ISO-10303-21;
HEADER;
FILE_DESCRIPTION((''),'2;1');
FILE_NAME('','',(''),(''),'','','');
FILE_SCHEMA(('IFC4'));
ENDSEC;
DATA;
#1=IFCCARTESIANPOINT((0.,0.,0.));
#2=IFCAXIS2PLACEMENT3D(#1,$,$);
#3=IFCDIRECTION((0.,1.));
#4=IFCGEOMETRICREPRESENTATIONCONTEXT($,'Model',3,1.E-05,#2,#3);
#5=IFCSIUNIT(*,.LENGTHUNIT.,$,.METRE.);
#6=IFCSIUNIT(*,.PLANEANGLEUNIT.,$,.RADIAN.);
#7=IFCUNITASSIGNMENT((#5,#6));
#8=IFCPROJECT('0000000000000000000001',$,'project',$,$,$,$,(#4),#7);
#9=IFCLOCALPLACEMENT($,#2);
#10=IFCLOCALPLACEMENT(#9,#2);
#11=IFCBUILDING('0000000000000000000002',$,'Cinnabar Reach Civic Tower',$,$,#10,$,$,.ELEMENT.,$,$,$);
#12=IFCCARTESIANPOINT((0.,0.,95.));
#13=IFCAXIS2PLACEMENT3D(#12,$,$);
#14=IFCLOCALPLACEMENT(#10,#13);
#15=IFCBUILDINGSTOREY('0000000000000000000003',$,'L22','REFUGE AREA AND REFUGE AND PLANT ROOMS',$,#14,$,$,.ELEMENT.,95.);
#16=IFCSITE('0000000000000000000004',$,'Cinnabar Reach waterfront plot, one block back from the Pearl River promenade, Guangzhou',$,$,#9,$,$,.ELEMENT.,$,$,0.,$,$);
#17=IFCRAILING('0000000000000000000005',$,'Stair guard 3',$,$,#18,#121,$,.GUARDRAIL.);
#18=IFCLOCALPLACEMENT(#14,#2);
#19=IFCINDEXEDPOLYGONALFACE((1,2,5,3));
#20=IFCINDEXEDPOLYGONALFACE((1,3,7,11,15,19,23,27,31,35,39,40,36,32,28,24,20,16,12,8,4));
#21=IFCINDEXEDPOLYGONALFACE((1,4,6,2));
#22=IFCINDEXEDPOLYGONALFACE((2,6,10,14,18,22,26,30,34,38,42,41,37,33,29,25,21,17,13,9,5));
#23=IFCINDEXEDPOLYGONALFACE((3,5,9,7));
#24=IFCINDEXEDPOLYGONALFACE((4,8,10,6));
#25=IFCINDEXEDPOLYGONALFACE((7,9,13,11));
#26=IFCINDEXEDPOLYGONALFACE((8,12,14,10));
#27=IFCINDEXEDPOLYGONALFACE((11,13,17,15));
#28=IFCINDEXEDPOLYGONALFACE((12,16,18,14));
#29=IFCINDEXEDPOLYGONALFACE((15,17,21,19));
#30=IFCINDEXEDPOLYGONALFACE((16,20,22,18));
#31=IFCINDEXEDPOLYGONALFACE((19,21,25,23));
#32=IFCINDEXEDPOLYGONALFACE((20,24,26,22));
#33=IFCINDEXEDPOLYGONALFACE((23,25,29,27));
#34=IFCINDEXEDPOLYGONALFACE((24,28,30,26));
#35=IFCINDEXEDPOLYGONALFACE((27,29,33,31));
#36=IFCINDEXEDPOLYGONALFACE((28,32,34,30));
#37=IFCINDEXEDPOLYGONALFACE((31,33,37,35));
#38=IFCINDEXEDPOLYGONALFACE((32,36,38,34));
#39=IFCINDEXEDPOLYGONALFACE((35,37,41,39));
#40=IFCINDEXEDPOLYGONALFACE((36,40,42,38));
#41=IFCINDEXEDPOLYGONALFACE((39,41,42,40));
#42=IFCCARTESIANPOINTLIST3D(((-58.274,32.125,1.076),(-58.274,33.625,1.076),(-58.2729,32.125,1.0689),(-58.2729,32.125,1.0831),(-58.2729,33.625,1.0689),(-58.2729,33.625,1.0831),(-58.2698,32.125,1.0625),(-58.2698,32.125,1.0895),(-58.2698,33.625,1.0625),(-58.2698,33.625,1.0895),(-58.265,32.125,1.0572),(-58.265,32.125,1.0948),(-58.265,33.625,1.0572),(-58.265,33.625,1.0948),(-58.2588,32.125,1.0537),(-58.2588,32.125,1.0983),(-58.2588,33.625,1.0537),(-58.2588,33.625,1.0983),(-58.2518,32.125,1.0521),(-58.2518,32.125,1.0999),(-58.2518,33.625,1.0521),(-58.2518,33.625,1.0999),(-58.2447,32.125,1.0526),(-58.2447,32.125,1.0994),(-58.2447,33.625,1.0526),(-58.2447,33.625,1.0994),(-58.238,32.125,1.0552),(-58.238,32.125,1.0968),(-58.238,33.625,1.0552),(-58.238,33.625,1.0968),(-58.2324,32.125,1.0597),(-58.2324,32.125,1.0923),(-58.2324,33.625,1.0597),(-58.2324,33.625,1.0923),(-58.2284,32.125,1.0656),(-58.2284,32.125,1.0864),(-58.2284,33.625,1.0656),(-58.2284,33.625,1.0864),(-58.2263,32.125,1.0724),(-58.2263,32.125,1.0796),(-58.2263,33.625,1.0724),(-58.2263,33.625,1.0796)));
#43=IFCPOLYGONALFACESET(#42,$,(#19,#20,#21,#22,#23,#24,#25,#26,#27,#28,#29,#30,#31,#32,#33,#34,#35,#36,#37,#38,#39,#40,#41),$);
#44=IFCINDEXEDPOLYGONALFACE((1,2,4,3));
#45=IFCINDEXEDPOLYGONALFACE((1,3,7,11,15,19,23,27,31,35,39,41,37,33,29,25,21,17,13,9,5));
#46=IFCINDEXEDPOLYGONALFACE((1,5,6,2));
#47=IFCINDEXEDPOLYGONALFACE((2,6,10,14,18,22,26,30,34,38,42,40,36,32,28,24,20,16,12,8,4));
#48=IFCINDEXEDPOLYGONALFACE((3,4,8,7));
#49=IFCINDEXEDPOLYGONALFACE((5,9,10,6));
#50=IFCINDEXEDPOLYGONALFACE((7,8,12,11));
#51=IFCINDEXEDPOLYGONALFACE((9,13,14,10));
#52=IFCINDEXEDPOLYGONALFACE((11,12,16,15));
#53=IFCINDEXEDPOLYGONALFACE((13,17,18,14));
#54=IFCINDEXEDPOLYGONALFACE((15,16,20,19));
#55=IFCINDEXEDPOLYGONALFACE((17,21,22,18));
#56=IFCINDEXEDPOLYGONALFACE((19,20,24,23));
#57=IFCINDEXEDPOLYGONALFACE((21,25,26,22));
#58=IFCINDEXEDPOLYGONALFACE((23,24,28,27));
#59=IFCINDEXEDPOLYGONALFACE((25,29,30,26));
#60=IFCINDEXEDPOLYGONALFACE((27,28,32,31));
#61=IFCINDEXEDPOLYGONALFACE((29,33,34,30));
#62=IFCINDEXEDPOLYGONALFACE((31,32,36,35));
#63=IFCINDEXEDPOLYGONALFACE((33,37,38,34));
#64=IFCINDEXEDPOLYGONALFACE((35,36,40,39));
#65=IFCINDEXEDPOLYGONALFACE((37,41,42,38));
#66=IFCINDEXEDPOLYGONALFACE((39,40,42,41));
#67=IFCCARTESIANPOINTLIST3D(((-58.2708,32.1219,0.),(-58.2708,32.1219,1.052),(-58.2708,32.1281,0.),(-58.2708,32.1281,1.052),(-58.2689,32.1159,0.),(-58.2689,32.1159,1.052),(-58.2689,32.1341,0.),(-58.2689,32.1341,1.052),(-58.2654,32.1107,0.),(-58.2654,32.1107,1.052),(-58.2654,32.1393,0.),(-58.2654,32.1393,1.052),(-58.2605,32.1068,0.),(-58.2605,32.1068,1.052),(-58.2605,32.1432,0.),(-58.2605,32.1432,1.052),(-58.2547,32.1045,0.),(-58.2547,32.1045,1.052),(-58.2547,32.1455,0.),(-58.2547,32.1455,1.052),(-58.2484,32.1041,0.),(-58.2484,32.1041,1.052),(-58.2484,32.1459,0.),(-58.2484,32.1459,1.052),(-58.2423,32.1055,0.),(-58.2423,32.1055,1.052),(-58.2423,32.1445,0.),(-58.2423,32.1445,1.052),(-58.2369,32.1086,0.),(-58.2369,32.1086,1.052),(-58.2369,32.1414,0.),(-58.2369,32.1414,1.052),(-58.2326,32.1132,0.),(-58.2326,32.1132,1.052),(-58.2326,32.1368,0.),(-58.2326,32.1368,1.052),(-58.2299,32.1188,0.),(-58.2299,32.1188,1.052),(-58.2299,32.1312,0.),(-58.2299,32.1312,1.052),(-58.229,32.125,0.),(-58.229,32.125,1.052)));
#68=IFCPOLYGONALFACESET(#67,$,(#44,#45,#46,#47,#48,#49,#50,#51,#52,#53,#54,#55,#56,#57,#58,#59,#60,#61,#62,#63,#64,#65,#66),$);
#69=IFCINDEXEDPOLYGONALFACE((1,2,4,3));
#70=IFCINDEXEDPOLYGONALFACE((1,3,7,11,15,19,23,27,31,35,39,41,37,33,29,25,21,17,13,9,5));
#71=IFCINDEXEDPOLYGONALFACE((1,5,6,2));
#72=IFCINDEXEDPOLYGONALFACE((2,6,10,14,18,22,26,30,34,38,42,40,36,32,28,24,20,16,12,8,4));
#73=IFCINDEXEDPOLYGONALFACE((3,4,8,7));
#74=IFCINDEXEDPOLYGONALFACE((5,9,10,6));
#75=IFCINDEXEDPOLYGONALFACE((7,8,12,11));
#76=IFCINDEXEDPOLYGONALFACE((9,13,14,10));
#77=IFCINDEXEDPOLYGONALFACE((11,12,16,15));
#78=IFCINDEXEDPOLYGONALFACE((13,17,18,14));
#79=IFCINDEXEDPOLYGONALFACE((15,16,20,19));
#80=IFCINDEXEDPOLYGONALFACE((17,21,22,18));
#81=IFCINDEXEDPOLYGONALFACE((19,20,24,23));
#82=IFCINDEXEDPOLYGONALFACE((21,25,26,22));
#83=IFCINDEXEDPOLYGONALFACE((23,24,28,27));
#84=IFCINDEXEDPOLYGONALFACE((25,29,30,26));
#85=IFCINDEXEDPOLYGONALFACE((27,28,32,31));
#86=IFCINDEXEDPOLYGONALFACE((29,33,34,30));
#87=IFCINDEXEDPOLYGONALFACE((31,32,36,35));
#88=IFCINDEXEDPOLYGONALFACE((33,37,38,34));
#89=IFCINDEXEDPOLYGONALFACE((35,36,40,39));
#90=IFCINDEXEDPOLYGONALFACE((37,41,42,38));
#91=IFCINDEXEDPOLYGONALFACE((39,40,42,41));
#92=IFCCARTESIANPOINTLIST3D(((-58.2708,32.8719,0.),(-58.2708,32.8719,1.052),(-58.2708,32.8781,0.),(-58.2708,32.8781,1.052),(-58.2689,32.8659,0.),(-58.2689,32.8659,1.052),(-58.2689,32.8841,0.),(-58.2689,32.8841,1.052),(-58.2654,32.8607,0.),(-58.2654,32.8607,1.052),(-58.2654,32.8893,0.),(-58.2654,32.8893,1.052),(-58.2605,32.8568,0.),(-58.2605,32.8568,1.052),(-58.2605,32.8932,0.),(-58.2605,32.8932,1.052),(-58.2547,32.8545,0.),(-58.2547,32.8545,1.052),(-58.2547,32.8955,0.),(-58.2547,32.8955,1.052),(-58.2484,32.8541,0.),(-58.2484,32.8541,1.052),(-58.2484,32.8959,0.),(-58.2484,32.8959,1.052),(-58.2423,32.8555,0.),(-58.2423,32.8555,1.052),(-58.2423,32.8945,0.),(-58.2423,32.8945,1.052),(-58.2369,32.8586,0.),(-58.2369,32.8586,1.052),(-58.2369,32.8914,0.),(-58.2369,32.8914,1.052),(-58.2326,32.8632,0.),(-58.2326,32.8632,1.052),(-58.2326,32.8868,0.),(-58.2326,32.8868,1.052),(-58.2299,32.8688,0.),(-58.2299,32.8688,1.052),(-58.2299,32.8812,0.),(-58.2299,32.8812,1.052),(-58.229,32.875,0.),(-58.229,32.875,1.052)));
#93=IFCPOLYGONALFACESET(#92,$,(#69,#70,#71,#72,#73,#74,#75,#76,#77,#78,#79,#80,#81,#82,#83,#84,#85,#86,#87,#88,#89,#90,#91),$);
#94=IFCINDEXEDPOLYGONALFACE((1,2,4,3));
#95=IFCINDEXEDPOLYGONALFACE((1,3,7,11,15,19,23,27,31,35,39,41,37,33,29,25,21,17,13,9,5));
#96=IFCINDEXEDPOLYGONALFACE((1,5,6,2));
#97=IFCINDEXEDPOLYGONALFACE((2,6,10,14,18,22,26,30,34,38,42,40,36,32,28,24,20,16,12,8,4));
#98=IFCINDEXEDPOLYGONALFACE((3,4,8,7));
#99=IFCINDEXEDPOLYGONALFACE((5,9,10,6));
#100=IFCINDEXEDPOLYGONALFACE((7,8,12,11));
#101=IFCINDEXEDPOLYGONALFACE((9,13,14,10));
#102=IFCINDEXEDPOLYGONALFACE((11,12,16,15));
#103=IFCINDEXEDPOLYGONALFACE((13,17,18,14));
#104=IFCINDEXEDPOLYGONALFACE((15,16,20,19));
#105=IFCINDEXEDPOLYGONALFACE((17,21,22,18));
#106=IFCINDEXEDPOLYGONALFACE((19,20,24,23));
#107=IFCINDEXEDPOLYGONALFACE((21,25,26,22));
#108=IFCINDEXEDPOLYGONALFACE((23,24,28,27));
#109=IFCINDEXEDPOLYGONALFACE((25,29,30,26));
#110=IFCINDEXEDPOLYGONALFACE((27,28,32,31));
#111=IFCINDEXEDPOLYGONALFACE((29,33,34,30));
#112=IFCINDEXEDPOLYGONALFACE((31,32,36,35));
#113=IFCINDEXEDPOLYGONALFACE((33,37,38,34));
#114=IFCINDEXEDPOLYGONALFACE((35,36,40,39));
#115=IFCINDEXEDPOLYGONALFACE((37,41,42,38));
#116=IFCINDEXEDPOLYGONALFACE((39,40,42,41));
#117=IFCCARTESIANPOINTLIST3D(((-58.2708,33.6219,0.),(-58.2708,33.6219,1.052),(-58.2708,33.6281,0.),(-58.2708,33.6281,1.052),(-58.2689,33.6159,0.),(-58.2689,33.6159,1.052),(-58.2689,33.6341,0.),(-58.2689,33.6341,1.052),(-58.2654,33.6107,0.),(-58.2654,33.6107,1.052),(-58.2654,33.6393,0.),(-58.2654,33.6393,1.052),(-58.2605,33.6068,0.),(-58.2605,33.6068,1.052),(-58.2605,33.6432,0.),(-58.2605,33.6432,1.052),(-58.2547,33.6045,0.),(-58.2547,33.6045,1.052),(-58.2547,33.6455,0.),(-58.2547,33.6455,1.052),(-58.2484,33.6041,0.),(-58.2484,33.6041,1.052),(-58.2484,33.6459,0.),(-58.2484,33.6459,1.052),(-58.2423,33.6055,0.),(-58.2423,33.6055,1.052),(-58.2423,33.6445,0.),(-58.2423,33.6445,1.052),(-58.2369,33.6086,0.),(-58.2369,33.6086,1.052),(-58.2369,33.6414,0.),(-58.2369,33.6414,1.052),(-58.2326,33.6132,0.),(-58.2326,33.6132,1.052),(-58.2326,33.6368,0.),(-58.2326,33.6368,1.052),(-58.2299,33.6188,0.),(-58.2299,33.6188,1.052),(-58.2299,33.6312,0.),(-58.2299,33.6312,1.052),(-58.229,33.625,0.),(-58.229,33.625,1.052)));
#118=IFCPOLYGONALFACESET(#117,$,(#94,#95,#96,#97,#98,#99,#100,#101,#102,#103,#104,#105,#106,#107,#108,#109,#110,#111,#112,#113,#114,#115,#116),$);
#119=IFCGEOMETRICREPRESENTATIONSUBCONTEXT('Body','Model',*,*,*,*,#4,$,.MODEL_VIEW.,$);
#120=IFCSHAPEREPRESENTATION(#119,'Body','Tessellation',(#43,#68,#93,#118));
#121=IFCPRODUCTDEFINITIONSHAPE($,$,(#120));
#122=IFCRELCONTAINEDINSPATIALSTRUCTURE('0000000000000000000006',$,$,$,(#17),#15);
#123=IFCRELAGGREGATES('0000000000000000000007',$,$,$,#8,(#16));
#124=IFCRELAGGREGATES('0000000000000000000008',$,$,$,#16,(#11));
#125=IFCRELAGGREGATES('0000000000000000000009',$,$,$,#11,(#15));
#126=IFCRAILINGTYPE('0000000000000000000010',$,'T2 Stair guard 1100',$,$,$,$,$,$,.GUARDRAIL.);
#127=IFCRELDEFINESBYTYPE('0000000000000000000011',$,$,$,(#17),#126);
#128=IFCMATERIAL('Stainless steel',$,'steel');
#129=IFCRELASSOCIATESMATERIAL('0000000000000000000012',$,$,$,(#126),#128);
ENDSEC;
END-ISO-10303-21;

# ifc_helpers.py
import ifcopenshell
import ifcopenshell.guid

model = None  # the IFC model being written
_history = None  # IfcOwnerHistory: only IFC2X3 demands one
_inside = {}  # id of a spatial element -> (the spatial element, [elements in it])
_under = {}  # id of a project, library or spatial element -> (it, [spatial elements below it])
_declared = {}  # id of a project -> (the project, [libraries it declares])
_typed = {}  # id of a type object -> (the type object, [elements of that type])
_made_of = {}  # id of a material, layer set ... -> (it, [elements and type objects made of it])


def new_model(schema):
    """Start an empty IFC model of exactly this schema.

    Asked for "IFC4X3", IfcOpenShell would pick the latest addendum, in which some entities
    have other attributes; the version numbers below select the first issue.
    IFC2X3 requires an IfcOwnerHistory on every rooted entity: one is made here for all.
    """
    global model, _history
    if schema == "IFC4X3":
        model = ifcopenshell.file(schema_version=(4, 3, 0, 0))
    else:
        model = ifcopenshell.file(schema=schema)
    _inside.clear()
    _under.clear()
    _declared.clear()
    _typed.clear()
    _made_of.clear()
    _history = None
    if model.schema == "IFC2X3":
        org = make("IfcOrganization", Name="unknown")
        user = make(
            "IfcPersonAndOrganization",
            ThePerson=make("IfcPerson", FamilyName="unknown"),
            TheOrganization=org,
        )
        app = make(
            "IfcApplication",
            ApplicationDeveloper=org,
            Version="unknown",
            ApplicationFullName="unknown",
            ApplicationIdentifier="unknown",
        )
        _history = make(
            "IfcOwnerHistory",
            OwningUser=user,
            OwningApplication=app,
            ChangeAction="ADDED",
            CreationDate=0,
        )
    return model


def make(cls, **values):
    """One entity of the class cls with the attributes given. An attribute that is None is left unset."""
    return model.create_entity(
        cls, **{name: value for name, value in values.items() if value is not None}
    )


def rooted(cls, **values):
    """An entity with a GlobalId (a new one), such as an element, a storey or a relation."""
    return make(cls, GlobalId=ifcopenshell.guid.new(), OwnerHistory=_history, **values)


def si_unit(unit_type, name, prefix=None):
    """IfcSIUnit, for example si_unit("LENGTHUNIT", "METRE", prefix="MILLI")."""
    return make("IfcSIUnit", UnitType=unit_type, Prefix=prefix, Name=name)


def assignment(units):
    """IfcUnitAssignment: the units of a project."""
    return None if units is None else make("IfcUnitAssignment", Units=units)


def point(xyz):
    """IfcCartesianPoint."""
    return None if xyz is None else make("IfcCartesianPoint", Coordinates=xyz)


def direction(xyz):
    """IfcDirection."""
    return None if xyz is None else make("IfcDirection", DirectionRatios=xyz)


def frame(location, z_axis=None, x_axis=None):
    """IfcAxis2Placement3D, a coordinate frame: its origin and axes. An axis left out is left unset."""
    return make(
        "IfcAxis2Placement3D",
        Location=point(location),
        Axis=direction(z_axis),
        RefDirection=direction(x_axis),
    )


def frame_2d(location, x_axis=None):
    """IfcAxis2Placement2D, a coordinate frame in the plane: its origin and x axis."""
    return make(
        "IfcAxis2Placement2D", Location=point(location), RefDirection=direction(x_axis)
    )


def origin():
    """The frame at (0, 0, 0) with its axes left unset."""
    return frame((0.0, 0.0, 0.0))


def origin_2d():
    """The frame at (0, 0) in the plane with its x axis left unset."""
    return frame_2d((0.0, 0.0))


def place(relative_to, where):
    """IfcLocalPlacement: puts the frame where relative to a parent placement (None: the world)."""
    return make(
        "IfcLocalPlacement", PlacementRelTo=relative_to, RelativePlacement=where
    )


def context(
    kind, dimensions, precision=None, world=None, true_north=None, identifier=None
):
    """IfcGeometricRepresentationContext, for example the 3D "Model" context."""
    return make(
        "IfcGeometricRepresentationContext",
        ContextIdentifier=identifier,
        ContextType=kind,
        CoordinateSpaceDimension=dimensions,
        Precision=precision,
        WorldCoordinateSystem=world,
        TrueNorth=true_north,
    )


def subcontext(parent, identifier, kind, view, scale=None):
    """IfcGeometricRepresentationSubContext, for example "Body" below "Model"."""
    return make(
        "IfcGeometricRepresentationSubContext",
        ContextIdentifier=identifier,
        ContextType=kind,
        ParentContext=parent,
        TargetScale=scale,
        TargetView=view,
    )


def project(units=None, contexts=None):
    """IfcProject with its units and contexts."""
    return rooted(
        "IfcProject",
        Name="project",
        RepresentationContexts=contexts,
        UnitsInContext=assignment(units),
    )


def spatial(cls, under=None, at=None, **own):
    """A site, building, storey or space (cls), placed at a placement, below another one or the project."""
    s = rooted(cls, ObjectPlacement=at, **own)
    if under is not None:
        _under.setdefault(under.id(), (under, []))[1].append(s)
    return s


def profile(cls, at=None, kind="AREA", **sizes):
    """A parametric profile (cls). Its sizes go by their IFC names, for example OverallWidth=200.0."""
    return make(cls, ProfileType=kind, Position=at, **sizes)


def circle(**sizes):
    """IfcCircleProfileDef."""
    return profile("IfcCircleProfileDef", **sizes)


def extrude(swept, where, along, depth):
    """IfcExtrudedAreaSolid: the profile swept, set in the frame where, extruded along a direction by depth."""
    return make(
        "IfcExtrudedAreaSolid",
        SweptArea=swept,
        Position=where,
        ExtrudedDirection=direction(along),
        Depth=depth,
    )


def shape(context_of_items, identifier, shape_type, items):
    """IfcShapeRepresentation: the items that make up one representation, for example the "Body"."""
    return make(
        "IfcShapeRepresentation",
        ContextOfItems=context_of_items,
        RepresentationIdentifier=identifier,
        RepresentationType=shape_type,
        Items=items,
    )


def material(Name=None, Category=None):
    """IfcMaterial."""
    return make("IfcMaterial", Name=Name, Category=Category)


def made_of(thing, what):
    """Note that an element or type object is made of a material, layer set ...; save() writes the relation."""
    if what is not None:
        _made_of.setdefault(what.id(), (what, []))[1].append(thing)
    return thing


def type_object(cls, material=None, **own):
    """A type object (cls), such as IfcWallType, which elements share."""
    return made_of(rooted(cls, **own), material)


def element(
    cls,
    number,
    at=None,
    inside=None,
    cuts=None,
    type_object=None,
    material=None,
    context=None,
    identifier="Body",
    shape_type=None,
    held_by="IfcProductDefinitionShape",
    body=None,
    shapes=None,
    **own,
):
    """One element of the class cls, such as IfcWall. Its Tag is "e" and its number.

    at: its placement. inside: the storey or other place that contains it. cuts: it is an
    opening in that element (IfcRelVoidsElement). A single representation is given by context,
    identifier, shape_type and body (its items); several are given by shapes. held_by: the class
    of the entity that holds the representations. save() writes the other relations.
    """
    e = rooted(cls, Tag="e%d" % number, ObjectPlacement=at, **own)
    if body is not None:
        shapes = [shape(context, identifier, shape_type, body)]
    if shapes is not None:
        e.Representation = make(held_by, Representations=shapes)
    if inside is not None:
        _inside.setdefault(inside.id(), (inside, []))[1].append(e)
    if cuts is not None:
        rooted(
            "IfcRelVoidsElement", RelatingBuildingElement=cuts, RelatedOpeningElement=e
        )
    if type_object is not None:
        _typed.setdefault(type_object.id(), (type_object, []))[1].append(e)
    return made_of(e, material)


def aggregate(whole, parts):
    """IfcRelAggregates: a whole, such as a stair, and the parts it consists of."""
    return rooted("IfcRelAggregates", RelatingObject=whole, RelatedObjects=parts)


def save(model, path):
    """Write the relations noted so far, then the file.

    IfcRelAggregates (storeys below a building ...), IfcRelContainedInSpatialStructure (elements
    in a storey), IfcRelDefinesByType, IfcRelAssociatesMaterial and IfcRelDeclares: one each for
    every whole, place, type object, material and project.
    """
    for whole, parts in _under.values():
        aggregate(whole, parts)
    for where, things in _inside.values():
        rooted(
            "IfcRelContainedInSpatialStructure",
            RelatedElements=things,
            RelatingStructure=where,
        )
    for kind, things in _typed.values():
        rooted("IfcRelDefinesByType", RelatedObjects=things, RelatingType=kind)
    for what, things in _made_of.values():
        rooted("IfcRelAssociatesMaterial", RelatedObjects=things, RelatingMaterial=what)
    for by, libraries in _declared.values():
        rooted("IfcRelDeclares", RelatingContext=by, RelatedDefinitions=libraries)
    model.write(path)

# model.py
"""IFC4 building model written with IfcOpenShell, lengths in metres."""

from ifc_helpers import new_model, si_unit, direction, frame, origin, origin_2d, place, context, subcontext, project, spatial, circle, extrude, material, type_object, element, save


model = new_model("IFC4")

# Units and contexts
model_context = context("Model", 3, precision=1e-05, world=origin(), true_north=direction((0.0, 1.0)))
body_context = subcontext(model_context, "Body", "Model", "MODEL_VIEW")
ifc_project = project(units=[si_unit("LENGTHUNIT", "METRE"), si_unit("PLANEANGLEUNIT", "RADIAN")], contexts=[model_context])

# Site, building, storey
site_placement = place(None, origin())
site = spatial("IfcSite", under=ifc_project, at=site_placement, Name="Cinnabar Reach waterfront plot, one block back from the Pearl River promenade, Guangzhou", CompositionType="ELEMENT", RefElevation=0.0)
building_placement = place(site_placement, origin())
building = spatial("IfcBuilding", under=site, at=building_placement, Name="Cinnabar Reach Civic Tower", CompositionType="ELEMENT")
storey_placement = place(building_placement, frame((0.0, 0.0, 95.0)))
storey = spatial("IfcBuildingStorey", under=building, at=storey_placement, Name="L22", Description="REFUGE AREA AND REFUGE AND PLANT ROOMS", CompositionType="ELEMENT", Elevation=95.0)

# Railing
ifc_material_1 = material(Name="Stainless steel", Category="steel")
railing_type = type_object("IfcRailingType", Name="T2 Stair guard 1100", PredefinedType="GUARDRAIL", material=ifc_material_1)
railing_1_placement = place(storey_placement, frame((-58.25, 32.125, 0.0)))
element("IfcRailing", 1, at=railing_1_placement, inside=storey, type_object=railing_type, Name="Stair guard 3", PredefinedType="GUARDRAIL", context=body_context, shape_type="SweptSolid", body=[
    extrude(circle(Radius=0.024, at=origin_2d()), frame((0.0, 0.0, 1.076), z_axis=(0.0, 1.0, 0.0), x_axis=(-1.0, 0.0, 0.0)), (0.0, 0.0, 1.0), 1.5),
    extrude(circle(Radius=0.021, at=origin_2d()), origin(), (0.0, 0.0, 1.0), 1.052),
    extrude(circle(Radius=0.021, at=origin_2d()), frame((0.0, 0.75, 0.0)), (0.0, 0.0, 1.0), 1.052),
    extrude(circle(Radius=0.021, at=origin_2d()), frame((0.0, 1.5, 0.0)), (0.0, 0.0, 1.0), 1.052),
])

save(model, "model.ifc")
